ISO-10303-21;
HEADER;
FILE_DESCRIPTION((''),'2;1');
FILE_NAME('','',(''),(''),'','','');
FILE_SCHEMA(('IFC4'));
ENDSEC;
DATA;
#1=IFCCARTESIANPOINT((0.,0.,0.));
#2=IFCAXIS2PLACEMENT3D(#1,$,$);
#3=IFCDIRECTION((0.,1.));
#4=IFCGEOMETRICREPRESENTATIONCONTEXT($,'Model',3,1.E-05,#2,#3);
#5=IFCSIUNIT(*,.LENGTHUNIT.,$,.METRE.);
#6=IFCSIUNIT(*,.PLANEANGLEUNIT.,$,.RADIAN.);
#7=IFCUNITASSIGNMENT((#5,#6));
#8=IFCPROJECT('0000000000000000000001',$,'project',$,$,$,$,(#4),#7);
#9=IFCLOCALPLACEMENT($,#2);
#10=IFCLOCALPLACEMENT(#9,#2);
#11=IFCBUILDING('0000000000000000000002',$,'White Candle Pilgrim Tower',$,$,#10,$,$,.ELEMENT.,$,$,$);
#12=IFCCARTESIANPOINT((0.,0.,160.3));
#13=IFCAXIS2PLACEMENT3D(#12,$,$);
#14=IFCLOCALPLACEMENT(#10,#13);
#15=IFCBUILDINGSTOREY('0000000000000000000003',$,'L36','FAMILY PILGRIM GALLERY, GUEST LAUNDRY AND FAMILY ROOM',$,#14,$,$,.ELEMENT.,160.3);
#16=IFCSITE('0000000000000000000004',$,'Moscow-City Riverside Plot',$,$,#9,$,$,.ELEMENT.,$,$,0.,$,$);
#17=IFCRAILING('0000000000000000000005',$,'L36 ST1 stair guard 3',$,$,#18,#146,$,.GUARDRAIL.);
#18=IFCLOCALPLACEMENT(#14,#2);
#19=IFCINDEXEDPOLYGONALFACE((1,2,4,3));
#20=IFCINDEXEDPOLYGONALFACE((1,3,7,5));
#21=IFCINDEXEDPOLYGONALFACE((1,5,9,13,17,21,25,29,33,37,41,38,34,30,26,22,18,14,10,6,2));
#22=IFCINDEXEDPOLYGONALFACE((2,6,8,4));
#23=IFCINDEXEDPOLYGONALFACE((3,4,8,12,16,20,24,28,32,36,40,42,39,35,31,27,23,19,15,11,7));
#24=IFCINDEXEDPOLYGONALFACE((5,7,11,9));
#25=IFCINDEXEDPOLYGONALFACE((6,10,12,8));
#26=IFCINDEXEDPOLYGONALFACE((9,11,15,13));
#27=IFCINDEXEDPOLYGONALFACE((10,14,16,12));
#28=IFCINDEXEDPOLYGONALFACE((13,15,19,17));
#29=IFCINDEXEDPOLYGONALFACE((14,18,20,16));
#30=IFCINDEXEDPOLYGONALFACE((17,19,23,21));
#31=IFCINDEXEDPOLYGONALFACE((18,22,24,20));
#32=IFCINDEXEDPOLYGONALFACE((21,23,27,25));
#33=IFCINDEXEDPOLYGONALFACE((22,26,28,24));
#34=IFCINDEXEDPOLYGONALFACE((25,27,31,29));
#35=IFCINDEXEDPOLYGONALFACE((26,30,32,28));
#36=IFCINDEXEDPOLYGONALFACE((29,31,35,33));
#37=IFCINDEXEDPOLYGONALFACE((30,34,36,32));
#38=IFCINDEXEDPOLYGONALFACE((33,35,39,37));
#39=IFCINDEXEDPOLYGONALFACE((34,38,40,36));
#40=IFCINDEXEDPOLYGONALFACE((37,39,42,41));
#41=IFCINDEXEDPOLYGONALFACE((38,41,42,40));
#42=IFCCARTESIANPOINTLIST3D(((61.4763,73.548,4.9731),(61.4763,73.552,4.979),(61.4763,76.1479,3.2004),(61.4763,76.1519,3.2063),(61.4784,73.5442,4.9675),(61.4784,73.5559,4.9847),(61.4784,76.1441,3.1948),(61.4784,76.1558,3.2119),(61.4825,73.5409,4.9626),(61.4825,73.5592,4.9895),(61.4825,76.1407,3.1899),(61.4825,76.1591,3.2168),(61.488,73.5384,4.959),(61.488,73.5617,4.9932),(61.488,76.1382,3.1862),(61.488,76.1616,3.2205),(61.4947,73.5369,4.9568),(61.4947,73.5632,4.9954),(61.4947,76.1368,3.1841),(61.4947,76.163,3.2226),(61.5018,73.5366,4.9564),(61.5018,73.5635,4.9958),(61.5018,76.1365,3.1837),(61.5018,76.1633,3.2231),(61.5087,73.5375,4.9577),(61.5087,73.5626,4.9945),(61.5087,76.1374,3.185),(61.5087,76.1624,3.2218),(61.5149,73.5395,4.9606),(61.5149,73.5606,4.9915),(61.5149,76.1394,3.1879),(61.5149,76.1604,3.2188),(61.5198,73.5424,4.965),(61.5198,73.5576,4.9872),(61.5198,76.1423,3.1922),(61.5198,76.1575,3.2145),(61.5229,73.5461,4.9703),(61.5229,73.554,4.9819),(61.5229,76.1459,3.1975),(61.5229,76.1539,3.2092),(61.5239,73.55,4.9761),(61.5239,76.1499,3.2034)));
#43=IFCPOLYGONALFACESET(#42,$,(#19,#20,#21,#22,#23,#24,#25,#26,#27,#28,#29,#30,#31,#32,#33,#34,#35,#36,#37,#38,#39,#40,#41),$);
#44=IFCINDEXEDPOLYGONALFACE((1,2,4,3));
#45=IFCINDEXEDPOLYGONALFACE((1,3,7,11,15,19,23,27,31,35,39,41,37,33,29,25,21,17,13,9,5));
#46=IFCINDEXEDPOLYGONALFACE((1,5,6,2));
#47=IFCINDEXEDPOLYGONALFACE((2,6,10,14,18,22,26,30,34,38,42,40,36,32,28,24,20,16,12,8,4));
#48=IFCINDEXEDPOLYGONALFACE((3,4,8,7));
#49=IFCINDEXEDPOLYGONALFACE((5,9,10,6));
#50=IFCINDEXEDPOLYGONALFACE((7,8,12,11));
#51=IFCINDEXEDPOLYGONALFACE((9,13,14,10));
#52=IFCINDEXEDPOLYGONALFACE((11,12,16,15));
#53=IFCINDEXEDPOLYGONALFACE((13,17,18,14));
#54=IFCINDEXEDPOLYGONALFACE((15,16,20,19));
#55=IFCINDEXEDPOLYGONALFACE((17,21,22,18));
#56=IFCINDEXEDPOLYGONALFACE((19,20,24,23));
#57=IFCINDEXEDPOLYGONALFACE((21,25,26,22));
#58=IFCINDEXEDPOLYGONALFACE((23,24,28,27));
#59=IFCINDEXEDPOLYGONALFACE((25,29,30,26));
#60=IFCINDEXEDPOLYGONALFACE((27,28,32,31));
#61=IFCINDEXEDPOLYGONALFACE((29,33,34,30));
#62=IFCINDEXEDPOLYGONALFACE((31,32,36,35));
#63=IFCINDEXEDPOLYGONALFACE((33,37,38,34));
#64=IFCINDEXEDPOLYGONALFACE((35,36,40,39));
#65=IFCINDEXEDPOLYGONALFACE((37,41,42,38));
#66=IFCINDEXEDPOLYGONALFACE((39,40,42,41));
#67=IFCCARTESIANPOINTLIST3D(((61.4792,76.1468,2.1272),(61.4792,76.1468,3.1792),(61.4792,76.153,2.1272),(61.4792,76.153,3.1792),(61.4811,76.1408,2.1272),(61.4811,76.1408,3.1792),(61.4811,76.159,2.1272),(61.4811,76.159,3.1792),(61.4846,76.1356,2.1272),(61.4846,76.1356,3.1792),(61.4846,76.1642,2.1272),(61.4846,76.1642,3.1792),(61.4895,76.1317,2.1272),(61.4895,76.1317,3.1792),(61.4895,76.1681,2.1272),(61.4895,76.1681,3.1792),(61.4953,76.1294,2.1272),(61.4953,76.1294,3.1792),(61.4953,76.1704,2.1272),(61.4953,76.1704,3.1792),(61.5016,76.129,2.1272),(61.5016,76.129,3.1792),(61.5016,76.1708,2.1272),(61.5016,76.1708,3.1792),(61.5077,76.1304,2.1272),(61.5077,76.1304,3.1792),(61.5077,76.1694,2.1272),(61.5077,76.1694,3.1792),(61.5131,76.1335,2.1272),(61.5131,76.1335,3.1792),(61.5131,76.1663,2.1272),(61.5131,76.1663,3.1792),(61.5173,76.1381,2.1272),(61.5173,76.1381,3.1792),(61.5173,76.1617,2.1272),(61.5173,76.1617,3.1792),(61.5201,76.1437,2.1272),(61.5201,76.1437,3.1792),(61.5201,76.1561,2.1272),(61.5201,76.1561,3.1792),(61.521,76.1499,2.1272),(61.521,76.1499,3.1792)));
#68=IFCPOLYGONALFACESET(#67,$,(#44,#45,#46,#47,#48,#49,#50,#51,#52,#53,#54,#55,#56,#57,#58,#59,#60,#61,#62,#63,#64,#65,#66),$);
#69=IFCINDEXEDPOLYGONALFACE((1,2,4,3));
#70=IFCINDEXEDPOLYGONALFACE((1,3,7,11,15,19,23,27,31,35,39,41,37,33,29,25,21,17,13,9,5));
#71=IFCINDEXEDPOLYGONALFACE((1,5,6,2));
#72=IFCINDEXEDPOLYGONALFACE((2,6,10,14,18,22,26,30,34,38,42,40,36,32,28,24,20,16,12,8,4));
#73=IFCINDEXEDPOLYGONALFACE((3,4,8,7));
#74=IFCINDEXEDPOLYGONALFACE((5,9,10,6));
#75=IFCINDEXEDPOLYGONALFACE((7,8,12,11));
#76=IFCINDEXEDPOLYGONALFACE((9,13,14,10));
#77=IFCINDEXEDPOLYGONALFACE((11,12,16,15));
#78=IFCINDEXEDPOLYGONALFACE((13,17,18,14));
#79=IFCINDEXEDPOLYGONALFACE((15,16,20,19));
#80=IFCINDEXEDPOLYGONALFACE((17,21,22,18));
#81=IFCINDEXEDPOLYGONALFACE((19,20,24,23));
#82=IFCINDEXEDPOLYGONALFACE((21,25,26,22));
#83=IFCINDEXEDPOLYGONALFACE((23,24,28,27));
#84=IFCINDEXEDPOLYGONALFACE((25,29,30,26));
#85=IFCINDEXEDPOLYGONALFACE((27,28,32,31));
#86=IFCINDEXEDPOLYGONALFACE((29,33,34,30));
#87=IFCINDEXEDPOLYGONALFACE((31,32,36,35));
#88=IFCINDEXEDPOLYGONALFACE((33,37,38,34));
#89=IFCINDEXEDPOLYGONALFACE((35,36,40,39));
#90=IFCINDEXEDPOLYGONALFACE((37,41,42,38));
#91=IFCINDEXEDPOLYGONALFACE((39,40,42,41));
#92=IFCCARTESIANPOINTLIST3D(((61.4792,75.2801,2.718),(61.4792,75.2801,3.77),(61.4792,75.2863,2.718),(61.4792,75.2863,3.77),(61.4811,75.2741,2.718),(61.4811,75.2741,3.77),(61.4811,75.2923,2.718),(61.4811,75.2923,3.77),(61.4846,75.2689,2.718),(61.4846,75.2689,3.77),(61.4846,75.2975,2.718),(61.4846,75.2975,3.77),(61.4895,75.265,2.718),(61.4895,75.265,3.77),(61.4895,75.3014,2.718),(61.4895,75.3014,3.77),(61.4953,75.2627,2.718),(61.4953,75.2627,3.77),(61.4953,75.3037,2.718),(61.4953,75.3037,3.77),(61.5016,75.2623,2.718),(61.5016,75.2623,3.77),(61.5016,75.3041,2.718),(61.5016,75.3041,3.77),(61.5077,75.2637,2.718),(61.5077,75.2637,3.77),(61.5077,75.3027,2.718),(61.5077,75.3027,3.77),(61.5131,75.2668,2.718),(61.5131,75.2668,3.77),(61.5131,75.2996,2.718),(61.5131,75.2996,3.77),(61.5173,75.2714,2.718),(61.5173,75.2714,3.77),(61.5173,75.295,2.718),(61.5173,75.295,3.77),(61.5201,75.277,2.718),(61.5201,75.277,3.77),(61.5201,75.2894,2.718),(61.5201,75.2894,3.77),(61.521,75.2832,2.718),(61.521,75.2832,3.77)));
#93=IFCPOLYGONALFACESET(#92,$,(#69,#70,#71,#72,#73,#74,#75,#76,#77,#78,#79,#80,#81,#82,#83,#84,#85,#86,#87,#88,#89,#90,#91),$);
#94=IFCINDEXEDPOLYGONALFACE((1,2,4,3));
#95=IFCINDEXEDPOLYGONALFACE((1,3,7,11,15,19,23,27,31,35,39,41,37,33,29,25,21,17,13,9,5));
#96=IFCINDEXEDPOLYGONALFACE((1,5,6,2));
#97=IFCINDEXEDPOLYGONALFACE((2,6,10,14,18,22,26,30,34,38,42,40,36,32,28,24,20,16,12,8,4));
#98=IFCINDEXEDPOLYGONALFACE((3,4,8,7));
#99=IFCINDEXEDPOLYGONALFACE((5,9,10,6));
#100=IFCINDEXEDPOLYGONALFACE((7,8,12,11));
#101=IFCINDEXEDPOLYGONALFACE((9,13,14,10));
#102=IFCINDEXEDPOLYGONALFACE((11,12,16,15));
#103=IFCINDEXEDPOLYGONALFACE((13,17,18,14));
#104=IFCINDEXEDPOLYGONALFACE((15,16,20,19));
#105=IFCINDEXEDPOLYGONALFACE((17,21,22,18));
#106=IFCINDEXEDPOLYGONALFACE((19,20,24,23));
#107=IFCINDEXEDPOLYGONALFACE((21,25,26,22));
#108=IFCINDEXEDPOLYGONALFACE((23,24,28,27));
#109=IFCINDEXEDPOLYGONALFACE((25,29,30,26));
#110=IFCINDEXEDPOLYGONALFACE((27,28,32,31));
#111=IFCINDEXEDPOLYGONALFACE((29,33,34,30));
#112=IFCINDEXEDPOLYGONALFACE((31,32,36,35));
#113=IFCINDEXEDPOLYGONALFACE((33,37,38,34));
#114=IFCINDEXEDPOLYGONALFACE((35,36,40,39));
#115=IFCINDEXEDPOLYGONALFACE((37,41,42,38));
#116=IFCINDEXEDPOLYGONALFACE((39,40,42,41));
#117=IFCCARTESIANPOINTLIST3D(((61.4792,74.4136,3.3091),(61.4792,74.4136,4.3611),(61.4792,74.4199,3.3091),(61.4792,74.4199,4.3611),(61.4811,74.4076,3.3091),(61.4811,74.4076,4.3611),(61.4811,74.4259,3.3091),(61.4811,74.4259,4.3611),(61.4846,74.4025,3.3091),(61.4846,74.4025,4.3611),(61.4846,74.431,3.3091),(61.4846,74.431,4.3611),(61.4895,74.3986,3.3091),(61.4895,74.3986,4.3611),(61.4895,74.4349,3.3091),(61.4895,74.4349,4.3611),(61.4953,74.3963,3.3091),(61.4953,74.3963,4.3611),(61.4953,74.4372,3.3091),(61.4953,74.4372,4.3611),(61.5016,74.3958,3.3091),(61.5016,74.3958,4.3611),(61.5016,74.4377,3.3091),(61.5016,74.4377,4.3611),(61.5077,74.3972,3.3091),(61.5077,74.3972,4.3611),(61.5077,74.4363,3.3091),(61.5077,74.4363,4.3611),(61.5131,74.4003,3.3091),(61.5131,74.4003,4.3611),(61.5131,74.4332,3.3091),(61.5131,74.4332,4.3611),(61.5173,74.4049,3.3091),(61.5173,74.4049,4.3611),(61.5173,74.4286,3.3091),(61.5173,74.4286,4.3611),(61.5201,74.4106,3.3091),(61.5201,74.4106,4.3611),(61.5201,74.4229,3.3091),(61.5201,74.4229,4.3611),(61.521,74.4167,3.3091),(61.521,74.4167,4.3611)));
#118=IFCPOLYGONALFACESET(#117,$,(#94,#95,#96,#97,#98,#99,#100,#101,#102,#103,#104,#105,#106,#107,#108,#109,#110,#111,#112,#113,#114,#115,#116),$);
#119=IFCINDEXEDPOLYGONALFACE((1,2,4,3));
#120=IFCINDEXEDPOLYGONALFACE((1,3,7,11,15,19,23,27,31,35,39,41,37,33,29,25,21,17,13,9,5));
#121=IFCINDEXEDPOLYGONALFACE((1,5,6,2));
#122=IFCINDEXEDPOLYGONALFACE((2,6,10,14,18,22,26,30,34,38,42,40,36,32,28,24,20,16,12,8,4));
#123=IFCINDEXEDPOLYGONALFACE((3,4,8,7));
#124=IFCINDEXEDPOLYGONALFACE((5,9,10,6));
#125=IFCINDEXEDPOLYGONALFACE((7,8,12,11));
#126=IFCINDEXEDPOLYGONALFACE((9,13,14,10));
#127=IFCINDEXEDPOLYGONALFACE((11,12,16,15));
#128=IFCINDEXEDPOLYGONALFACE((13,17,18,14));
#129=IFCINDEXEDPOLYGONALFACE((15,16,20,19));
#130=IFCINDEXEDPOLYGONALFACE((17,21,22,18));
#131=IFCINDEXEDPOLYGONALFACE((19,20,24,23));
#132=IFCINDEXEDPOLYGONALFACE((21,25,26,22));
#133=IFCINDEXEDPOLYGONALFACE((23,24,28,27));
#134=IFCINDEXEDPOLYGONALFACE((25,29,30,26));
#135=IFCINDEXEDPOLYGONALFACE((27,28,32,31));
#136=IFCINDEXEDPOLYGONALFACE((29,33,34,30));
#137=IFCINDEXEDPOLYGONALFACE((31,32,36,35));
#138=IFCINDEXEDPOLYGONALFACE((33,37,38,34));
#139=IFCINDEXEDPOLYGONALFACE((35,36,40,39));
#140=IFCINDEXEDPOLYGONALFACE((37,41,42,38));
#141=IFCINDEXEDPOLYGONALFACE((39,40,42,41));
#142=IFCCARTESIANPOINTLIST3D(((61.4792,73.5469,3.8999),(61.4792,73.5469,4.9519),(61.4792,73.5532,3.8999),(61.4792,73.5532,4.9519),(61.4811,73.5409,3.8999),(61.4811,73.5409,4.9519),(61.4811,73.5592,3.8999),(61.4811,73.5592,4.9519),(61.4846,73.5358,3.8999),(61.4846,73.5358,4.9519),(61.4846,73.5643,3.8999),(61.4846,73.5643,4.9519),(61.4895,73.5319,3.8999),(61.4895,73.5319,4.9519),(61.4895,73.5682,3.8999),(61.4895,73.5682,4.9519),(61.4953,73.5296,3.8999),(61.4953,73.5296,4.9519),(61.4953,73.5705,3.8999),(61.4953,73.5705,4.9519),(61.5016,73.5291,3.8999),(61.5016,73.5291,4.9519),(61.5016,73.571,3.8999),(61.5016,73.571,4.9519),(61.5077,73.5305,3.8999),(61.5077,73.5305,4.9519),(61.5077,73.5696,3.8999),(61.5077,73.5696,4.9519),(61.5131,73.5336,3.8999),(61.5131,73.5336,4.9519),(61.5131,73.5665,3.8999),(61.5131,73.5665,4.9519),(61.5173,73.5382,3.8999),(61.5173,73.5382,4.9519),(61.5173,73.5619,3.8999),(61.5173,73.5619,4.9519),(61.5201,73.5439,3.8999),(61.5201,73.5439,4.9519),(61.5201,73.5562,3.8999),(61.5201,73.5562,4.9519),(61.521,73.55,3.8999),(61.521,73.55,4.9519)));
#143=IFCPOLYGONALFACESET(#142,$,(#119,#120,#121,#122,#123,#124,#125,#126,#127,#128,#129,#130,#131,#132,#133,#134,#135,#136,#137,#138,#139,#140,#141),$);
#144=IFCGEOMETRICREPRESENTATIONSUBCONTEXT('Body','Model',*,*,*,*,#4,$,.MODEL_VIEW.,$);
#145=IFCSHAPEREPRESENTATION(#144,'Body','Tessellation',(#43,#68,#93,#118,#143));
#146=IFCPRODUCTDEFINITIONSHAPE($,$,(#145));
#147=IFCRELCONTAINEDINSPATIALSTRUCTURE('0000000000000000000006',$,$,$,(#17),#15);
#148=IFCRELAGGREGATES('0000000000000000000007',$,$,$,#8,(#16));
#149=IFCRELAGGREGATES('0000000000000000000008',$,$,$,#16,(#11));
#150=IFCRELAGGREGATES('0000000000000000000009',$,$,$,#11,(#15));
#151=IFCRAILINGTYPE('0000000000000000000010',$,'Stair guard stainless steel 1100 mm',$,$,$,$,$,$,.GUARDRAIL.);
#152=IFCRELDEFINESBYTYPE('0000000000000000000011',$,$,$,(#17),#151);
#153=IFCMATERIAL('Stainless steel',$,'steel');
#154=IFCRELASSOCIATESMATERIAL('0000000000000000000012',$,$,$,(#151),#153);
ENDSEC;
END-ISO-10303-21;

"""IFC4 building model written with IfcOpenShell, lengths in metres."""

from ifc_helpers import new_model, si_unit, direction, frame, origin, origin_2d, place, context, subcontext, project, spatial, circle, extrude, material, type_object, element, save


model = new_model("IFC4")

# Units and contexts
model_context = context("Model", 3, precision=1e-05, world=origin(), true_north=direction((0.0, 1.0)))
body_context = subcontext(model_context, "Body", "Model", "MODEL_VIEW")
ifc_project = project(units=[si_unit("LENGTHUNIT", "METRE"), si_unit("PLANEANGLEUNIT", "RADIAN")], contexts=[model_context])

# Site, building, storey
site_placement = place(None, origin())
site = spatial("IfcSite", under=ifc_project, at=site_placement, Name="Moscow-City Riverside Plot", CompositionType="ELEMENT", RefElevation=0.0)
building_placement = place(site_placement, origin())
building = spatial("IfcBuilding", under=site, at=building_placement, Name="White Candle Pilgrim Tower", CompositionType="ELEMENT")
storey_placement = place(building_placement, frame((0.0, 0.0, 160.3)))
storey = spatial("IfcBuildingStorey", under=building, at=storey_placement, Name="L36", Description="FAMILY PILGRIM GALLERY, GUEST LAUNDRY AND FAMILY ROOM", CompositionType="ELEMENT", Elevation=160.3)

# Shared definitions
ifc_material_1 = material(Name="Stainless steel", Category="steel")

# Railing
railing_type_1 = type_object("IfcRailingType", Name="Stair guard stainless steel 1100 mm", PredefinedType="GUARDRAIL", material=ifc_material_1)
railing_1_placement = place(storey_placement, frame((61.5, 76.1499, 2.1272)))
element("IfcRailing", 1, at=railing_1_placement, inside=storey, type_object=railing_type_1, Name="L36 ST1 stair guard 3", PredefinedType="GUARDRAIL", context=body_context, shape_type="SweptSolid", body=[
    extrude(circle(Radius=0.0239, at=origin_2d()), frame((0.0, 0.0, 1.0762), z_axis=(0.0, -0.826216, 0.563354), x_axis=(1.0, 0.0, 0.0)), (0.0, 0.0, 1.0), 3.1467),
    extrude(circle(Radius=0.021, at=origin_2d()), origin(), (0.0, 0.0, 1.0), 1.052),
    extrude(circle(Radius=0.021, at=origin_2d()), frame((0.0, -0.8667, 0.5908)), (0.0, 0.0, 1.0), 1.052),
    extrude(circle(Radius=0.021, at=origin_2d()), frame((0.0, -1.7332, 1.1819)), (0.0, 0.0, 1.0), 1.052),
    extrude(circle(Radius=0.021, at=origin_2d()), frame((0.0, -2.5999, 1.7727)), (0.0, 0.0, 1.0), 1.052),
])

save(model, "model.ifc")
